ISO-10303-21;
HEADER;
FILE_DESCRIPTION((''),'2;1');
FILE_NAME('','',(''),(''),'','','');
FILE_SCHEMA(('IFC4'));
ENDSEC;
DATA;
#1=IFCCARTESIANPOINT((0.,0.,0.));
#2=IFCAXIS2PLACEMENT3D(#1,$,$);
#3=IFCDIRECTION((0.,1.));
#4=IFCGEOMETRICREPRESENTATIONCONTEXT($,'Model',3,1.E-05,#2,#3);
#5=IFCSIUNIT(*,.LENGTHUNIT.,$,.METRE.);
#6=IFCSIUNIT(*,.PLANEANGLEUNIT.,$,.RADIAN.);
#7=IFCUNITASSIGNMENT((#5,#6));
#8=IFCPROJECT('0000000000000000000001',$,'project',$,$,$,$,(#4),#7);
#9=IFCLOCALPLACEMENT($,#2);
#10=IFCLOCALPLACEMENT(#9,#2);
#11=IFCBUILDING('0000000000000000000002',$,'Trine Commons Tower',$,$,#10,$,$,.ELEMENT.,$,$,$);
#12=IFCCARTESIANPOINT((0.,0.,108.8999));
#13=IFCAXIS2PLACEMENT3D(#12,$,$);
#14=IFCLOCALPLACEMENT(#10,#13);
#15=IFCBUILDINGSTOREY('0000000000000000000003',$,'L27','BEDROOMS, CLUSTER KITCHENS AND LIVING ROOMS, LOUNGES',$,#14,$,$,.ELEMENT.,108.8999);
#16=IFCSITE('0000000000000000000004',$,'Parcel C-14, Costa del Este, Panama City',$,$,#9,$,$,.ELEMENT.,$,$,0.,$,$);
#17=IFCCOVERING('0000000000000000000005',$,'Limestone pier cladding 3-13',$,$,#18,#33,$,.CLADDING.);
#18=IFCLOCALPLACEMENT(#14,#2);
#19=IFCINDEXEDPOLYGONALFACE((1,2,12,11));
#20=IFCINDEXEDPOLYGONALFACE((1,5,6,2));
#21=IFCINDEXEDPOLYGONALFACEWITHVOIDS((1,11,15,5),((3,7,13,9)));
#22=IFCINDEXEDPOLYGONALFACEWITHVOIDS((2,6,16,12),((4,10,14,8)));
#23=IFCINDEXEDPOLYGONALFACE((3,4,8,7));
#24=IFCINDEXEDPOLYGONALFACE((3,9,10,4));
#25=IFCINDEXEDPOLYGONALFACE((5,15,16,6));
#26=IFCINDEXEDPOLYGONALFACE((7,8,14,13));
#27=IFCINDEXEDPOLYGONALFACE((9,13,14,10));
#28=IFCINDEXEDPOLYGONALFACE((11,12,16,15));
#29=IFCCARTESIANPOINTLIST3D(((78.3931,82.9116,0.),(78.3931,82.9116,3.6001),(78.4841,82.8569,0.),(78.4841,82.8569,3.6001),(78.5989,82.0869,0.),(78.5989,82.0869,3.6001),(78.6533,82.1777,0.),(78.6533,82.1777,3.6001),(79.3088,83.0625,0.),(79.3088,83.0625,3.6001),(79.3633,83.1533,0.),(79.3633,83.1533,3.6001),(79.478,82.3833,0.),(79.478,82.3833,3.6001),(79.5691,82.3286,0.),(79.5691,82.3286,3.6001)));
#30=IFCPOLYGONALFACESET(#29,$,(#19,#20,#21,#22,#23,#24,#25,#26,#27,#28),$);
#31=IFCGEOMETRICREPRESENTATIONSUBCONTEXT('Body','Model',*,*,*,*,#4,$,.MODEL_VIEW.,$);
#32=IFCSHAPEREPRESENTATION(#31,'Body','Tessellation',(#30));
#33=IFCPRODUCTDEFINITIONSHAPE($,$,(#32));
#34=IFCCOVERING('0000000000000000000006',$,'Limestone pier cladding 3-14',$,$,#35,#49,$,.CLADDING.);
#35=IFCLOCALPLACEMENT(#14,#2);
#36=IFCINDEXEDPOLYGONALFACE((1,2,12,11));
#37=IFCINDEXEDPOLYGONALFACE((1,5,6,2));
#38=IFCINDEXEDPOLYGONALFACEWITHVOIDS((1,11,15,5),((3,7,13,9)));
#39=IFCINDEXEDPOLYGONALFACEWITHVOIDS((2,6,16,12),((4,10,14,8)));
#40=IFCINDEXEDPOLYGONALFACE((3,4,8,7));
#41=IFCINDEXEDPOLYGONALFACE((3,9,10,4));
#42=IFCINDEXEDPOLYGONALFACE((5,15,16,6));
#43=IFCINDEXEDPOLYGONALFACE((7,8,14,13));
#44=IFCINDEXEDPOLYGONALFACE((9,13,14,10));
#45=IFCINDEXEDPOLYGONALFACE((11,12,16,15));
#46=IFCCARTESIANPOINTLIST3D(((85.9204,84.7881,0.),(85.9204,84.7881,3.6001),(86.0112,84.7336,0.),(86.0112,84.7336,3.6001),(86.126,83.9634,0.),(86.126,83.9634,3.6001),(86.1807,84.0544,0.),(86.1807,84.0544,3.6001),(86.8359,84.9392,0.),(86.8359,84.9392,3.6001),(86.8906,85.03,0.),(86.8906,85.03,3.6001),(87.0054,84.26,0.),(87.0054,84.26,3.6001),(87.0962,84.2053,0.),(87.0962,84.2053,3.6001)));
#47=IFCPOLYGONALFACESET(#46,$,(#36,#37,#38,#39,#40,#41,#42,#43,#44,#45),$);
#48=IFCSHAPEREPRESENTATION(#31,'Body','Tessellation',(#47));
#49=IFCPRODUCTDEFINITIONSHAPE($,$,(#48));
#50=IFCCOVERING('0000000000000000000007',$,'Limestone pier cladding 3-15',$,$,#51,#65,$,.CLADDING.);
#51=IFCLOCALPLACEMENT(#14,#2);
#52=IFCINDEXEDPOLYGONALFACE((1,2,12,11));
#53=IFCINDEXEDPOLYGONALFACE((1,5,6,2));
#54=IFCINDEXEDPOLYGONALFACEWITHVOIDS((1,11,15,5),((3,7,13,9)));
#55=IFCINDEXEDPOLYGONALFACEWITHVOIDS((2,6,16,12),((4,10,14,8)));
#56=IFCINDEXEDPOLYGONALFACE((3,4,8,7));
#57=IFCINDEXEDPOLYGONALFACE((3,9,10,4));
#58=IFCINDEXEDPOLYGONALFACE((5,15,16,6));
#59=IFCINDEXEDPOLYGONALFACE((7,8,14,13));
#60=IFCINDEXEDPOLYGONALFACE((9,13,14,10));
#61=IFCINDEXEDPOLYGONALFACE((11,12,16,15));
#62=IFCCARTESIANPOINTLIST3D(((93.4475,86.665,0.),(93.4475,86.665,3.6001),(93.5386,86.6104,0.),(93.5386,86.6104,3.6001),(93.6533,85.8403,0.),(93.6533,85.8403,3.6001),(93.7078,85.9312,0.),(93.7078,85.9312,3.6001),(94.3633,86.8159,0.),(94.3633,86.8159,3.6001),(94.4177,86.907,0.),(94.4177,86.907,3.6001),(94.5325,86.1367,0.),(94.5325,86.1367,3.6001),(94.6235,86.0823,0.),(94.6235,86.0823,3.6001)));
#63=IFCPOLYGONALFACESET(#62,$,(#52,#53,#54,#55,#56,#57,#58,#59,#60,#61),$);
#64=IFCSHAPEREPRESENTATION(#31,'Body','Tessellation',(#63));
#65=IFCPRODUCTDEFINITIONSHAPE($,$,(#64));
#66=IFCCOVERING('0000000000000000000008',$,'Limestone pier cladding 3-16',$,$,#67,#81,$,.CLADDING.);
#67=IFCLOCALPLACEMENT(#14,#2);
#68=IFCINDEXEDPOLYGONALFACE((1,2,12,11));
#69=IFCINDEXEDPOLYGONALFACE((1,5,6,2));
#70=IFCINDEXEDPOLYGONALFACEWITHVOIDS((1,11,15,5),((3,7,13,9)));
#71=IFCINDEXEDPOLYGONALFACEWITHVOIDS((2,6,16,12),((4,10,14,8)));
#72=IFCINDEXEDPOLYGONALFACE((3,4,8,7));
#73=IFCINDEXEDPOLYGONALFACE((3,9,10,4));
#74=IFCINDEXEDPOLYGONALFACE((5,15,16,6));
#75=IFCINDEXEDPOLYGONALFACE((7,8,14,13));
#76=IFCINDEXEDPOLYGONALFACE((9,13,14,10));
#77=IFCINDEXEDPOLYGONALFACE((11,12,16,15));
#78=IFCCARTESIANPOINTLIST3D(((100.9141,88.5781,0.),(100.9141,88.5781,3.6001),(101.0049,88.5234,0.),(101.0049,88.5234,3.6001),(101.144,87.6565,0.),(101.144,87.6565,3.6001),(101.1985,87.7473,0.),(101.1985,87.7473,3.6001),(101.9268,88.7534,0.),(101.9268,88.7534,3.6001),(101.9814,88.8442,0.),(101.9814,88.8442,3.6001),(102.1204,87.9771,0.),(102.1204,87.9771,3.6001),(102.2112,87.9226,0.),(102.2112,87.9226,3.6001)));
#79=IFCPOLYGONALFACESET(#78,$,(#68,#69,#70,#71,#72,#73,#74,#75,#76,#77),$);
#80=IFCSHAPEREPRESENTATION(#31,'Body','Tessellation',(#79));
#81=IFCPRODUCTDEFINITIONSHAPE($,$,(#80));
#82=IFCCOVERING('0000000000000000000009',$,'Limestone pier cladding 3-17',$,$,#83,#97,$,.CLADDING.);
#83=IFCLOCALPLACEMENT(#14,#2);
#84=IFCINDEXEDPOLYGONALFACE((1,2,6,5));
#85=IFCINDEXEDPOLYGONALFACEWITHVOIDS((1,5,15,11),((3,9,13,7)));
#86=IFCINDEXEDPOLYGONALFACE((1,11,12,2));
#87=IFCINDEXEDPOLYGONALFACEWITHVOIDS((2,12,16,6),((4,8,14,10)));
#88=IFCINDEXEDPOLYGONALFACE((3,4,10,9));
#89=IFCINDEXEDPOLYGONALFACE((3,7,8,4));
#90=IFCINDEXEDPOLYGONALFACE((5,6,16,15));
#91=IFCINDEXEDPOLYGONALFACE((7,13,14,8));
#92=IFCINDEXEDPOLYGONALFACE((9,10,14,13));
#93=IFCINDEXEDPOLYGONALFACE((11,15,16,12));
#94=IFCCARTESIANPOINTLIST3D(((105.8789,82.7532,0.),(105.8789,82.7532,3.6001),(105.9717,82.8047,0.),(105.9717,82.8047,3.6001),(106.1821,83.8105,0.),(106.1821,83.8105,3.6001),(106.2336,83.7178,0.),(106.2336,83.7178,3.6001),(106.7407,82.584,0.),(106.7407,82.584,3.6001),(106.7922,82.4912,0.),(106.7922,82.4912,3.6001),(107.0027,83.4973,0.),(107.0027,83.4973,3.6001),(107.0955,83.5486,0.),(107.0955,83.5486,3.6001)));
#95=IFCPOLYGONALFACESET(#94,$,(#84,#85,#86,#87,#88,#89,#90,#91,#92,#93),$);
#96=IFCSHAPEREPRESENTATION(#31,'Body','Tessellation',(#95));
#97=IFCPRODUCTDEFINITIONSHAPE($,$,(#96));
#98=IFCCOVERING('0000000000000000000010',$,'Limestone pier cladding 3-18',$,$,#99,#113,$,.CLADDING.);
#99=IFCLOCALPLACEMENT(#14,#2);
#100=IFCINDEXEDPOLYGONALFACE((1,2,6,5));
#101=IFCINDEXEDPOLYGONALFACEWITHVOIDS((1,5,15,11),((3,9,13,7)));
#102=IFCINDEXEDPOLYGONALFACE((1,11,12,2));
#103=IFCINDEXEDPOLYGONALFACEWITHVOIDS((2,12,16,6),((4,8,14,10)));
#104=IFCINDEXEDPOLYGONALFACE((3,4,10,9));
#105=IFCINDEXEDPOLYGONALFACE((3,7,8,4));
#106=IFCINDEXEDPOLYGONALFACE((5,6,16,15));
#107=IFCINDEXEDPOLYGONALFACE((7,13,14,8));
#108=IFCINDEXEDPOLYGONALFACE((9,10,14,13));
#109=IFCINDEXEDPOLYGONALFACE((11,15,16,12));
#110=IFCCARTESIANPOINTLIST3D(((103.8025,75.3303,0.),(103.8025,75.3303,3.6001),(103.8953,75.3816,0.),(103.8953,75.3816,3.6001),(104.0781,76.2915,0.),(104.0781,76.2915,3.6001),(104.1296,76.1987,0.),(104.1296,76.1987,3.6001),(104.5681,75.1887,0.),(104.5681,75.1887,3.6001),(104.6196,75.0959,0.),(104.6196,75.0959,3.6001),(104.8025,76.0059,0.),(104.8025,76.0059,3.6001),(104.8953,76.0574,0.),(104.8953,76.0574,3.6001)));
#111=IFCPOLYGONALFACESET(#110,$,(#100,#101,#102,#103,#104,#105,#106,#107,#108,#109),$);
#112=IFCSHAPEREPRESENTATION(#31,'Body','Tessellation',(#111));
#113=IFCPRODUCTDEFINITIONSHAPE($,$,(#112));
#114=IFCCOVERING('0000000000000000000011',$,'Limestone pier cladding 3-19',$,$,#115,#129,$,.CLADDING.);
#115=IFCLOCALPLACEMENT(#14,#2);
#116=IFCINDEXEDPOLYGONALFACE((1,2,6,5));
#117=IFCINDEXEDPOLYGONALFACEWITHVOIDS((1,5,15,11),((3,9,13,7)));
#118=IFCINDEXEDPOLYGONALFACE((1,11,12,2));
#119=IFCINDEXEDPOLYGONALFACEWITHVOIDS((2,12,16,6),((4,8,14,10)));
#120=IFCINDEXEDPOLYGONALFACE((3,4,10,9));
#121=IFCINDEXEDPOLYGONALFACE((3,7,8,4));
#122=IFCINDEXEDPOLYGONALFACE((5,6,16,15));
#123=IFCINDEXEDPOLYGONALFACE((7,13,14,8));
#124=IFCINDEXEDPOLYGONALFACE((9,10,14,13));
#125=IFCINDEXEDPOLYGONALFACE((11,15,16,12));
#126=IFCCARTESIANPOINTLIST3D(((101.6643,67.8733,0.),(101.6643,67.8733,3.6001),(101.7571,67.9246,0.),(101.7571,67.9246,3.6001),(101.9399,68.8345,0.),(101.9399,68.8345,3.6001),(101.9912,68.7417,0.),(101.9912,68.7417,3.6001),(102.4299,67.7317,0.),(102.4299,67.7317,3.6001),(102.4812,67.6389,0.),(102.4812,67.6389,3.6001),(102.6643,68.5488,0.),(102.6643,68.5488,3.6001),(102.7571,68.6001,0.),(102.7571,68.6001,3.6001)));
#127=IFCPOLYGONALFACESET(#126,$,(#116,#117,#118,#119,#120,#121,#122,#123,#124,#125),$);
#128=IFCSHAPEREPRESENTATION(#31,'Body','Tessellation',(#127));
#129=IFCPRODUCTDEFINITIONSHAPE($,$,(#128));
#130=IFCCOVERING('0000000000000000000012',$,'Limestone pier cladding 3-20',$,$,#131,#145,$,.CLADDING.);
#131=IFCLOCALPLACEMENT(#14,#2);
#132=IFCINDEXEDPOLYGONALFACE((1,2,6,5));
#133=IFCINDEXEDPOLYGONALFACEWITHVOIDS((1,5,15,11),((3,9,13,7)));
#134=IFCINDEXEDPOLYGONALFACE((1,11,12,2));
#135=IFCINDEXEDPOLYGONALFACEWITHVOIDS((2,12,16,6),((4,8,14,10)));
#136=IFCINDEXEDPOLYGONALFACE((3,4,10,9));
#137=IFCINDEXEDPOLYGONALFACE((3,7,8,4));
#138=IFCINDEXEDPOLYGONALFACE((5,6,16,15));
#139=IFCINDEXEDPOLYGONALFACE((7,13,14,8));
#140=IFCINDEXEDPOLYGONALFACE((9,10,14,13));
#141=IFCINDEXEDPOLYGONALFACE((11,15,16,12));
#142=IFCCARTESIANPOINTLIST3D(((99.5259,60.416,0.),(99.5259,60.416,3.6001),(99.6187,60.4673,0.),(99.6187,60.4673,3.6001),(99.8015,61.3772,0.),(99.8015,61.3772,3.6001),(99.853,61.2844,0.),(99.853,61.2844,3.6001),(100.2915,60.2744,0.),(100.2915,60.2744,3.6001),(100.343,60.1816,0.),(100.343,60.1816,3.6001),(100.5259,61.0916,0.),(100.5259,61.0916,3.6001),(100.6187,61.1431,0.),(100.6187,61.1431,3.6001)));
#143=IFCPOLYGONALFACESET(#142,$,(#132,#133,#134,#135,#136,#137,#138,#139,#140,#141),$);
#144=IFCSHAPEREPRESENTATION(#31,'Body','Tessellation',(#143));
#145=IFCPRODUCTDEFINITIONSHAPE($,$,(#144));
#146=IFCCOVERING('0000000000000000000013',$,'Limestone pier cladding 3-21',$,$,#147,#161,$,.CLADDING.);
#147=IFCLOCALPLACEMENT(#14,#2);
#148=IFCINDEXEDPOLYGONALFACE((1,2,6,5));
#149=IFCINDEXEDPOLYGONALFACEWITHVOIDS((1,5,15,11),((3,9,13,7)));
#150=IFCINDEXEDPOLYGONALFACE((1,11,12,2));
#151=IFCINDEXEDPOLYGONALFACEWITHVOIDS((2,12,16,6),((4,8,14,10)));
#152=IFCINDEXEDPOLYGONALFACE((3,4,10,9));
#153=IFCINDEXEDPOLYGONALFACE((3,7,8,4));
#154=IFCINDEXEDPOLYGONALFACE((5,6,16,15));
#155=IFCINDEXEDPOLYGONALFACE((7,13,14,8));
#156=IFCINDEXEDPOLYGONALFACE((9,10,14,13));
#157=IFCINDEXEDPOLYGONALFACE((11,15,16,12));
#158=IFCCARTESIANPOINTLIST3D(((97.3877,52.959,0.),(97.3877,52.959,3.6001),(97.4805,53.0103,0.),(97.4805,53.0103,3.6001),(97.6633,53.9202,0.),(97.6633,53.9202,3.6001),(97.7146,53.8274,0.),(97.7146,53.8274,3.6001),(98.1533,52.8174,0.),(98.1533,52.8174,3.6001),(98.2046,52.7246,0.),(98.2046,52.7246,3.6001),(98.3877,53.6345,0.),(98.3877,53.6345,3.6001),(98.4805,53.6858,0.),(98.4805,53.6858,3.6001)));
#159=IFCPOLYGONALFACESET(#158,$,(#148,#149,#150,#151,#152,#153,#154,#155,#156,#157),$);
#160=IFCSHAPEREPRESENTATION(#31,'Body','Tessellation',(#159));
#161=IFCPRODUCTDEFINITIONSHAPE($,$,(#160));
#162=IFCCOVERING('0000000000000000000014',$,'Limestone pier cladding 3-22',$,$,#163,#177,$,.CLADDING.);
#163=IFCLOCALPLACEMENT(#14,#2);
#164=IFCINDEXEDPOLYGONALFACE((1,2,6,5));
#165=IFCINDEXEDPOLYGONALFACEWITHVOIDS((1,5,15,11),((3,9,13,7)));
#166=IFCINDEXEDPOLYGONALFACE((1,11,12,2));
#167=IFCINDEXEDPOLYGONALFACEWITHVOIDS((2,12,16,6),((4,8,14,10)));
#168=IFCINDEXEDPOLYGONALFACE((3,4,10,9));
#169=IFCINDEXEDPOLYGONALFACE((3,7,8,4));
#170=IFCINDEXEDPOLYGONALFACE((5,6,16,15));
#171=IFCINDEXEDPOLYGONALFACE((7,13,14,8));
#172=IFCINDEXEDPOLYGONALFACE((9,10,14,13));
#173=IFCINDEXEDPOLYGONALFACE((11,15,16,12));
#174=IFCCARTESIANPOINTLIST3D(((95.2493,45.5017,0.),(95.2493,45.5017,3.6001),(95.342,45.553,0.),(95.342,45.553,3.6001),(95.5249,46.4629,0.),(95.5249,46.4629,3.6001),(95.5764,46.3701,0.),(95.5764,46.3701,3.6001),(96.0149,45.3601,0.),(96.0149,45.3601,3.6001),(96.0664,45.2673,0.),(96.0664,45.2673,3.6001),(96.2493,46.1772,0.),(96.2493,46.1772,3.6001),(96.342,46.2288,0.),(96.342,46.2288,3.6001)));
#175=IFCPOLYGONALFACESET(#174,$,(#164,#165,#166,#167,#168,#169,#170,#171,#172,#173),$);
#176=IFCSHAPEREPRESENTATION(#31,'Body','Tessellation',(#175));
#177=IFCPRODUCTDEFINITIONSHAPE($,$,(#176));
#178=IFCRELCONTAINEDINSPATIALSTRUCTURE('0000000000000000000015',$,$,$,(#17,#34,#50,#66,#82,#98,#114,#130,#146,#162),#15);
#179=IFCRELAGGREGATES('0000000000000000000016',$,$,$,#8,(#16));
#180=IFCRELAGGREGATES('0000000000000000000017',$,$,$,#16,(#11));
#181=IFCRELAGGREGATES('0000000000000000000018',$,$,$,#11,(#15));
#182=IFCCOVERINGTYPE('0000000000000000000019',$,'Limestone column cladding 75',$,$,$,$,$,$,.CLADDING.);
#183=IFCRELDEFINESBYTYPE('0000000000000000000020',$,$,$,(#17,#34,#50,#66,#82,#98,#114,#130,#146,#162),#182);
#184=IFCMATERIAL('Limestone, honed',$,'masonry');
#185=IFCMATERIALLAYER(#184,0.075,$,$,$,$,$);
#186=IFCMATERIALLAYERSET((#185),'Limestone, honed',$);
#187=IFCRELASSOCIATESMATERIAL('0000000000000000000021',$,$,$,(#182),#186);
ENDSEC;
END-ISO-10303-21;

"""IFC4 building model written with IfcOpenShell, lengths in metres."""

from ifc_helpers import new_model, si_unit, direction, frame, origin, place, context, subcontext, project, spatial, polyline, outline, extrude, material, layer, layer_set, type_object, element, save


model = new_model("IFC4")

# Units and contexts
model_context = context("Model", 3, precision=1e-05, world=origin(), true_north=direction((0.0, 1.0)))
body_context = subcontext(model_context, "Body", "Model", "MODEL_VIEW")
ifc_project = project(units=[si_unit("LENGTHUNIT", "METRE"), si_unit("PLANEANGLEUNIT", "RADIAN")], contexts=[model_context])

# Site, building, storey
site_placement = place(None, origin())
site = spatial("IfcSite", under=ifc_project, at=site_placement, Name="Parcel C-14, Costa del Este, Panama City", CompositionType="ELEMENT", RefElevation=0.0)
building_placement = place(site_placement, origin())
building = spatial("IfcBuilding", under=site, at=building_placement, Name="Trine Commons Tower", CompositionType="ELEMENT")
storey_placement = place(building_placement, frame((0.0, 0.0, 108.8999)))
storey = spatial("IfcBuildingStorey", under=building, at=storey_placement, Name="L27", Description="BEDROOMS, CLUSTER KITCHENS AND LIVING ROOMS, LOUNGES", CompositionType="ELEMENT", Elevation=108.8999)

# Coverings
ifc_material_1 = material(Name="Limestone, honed", Category="masonry")
ifc_layer_1 = layer(ifc_material_1, 0.075)
ifc_layer_set_1 = layer_set([ifc_layer_1], Name="Limestone, honed")
covering_type_1 = type_object("IfcCoveringType", Name="Limestone column cladding 75", PredefinedType="CLADDING", material=ifc_layer_set_1)
covering_1_placement = place(storey_placement, origin())
element("IfcCovering", 1, at=covering_1_placement, inside=storey, type_object=covering_type_1, Name="Limestone pier cladding 3-13", PredefinedType="CLADDING", context=body_context, shape_type="SweptSolid", body=[
    extrude(outline(polyline([(79.5691, 82.3286), (79.3633, 83.1533), (78.3931, 82.9116), (78.5989, 82.0869), (79.5691, 82.3286)]), holes=[polyline([(79.478, 82.3833), (79.3088, 83.0625), (78.4841, 82.8569), (78.6533, 82.1777), (79.478, 82.3833)])]), origin(), (0.0, 0.0, 1.0), 3.6001),
])
covering_2_placement = place(storey_placement, origin())
element("IfcCovering", 2, at=covering_2_placement, inside=storey, type_object=covering_type_1, Name="Limestone pier cladding 3-14", PredefinedType="CLADDING", context=body_context, shape_type="SweptSolid", body=[
    extrude(outline(polyline([(87.0962, 84.2053), (86.8906, 85.03), (85.9204, 84.7881), (86.126, 83.9634), (87.0962, 84.2053)]), holes=[polyline([(87.0054, 84.26), (86.8359, 84.9392), (86.0112, 84.7336), (86.1807, 84.0544), (87.0054, 84.26)])]), origin(), (0.0, 0.0, 1.0), 3.6001),
])
covering_3_placement = place(storey_placement, origin())
element("IfcCovering", 3, at=covering_3_placement, inside=storey, type_object=covering_type_1, Name="Limestone pier cladding 3-15", PredefinedType="CLADDING", context=body_context, shape_type="SweptSolid", body=[
    extrude(outline(polyline([(94.6235, 86.0823), (94.4177, 86.907), (93.4475, 86.665), (93.6533, 85.8403), (94.6235, 86.0823)]), holes=[polyline([(94.5325, 86.1367), (94.3633, 86.8159), (93.5386, 86.6104), (93.7078, 85.9312), (94.5325, 86.1367)])]), origin(), (0.0, 0.0, 1.0), 3.6001),
])
covering_4_placement = place(storey_placement, origin())
element("IfcCovering", 4, at=covering_4_placement, inside=storey, type_object=covering_type_1, Name="Limestone pier cladding 3-16", PredefinedType="CLADDING", context=body_context, shape_type="SweptSolid", body=[
    extrude(outline(polyline([(102.2112, 87.9226), (101.9814, 88.8442), (100.9141, 88.5781), (101.144, 87.6565), (102.2112, 87.9226)]), holes=[polyline([(102.1204, 87.9771), (101.9268, 88.7534), (101.0049, 88.5234), (101.1985, 87.7473), (102.1204, 87.9771)])]), origin(), (0.0, 0.0, 1.0), 3.6001),
])
covering_5_placement = place(storey_placement, origin())
element("IfcCovering", 5, at=covering_5_placement, inside=storey, type_object=covering_type_1, Name="Limestone pier cladding 3-17", PredefinedType="CLADDING", context=body_context, shape_type="SweptSolid", body=[
    extrude(outline(polyline([(107.0955, 83.5486), (106.1821, 83.8105), (105.8789, 82.7532), (106.7922, 82.4912), (107.0955, 83.5486)]), holes=[polyline([(107.0027, 83.4973), (106.2336, 83.7178), (105.9717, 82.8047), (106.7407, 82.584), (107.0027, 83.4973)])]), origin(), (0.0, 0.0, 1.0), 3.6001),
])
covering_6_placement = place(storey_placement, origin())
element("IfcCovering", 6, at=covering_6_placement, inside=storey, type_object=covering_type_1, Name="Limestone pier cladding 3-18", PredefinedType="CLADDING", context=body_context, shape_type="SweptSolid", body=[
    extrude(outline(polyline([(104.8953, 76.0574), (104.0781, 76.2915), (103.8025, 75.3303), (104.6196, 75.0959), (104.8953, 76.0574)]), holes=[polyline([(104.8025, 76.0059), (104.1296, 76.1987), (103.8953, 75.3816), (104.5681, 75.1887), (104.8025, 76.0059)])]), origin(), (0.0, 0.0, 1.0), 3.6001),
])
covering_7_placement = place(storey_placement, origin())
element("IfcCovering", 7, at=covering_7_placement, inside=storey, type_object=covering_type_1, Name="Limestone pier cladding 3-19", PredefinedType="CLADDING", context=body_context, shape_type="SweptSolid", body=[
    extrude(outline(polyline([(102.7571, 68.6001), (101.9399, 68.8345), (101.6643, 67.8733), (102.4812, 67.6389), (102.7571, 68.6001)]), holes=[polyline([(102.6643, 68.5488), (101.9912, 68.7417), (101.7571, 67.9246), (102.4299, 67.7317), (102.6643, 68.5488)])]), origin(), (0.0, 0.0, 1.0), 3.6001),
])
covering_8_placement = place(storey_placement, origin())
element("IfcCovering", 8, at=covering_8_placement, inside=storey, type_object=covering_type_1, Name="Limestone pier cladding 3-20", PredefinedType="CLADDING", context=body_context, shape_type="SweptSolid", body=[
    extrude(outline(polyline([(100.6187, 61.1431), (99.8015, 61.3772), (99.5259, 60.416), (100.343, 60.1816), (100.6187, 61.1431)]), holes=[polyline([(100.5259, 61.0916), (99.853, 61.2844), (99.6187, 60.4673), (100.2915, 60.2744), (100.5259, 61.0916)])]), origin(), (0.0, 0.0, 1.0), 3.6001),
])
covering_9_placement = place(storey_placement, origin())
element("IfcCovering", 9, at=covering_9_placement, inside=storey, type_object=covering_type_1, Name="Limestone pier cladding 3-21", PredefinedType="CLADDING", context=body_context, shape_type="SweptSolid", body=[
    extrude(outline(polyline([(98.4805, 53.6858), (97.6633, 53.9202), (97.3877, 52.959), (98.2046, 52.7246), (98.4805, 53.6858)]), holes=[polyline([(98.3877, 53.6345), (97.7146, 53.8274), (97.4805, 53.0103), (98.1533, 52.8174), (98.3877, 53.6345)])]), origin(), (0.0, 0.0, 1.0), 3.6001),
])
covering_10_placement = place(storey_placement, origin())
element("IfcCovering", 10, at=covering_10_placement, inside=storey, type_object=covering_type_1, Name="Limestone pier cladding 3-22", PredefinedType="CLADDING", context=body_context, shape_type="SweptSolid", body=[
    extrude(outline(polyline([(96.342, 46.2288), (95.5249, 46.4629), (95.2493, 45.5017), (96.0664, 45.2673), (96.342, 46.2288)]), holes=[polyline([(96.2493, 46.1772), (95.5764, 46.3701), (95.342, 45.553), (96.0149, 45.3601), (96.2493, 46.1772)])]), origin(), (0.0, 0.0, 1.0), 3.6001),
])

save(model, "model.ifc")
